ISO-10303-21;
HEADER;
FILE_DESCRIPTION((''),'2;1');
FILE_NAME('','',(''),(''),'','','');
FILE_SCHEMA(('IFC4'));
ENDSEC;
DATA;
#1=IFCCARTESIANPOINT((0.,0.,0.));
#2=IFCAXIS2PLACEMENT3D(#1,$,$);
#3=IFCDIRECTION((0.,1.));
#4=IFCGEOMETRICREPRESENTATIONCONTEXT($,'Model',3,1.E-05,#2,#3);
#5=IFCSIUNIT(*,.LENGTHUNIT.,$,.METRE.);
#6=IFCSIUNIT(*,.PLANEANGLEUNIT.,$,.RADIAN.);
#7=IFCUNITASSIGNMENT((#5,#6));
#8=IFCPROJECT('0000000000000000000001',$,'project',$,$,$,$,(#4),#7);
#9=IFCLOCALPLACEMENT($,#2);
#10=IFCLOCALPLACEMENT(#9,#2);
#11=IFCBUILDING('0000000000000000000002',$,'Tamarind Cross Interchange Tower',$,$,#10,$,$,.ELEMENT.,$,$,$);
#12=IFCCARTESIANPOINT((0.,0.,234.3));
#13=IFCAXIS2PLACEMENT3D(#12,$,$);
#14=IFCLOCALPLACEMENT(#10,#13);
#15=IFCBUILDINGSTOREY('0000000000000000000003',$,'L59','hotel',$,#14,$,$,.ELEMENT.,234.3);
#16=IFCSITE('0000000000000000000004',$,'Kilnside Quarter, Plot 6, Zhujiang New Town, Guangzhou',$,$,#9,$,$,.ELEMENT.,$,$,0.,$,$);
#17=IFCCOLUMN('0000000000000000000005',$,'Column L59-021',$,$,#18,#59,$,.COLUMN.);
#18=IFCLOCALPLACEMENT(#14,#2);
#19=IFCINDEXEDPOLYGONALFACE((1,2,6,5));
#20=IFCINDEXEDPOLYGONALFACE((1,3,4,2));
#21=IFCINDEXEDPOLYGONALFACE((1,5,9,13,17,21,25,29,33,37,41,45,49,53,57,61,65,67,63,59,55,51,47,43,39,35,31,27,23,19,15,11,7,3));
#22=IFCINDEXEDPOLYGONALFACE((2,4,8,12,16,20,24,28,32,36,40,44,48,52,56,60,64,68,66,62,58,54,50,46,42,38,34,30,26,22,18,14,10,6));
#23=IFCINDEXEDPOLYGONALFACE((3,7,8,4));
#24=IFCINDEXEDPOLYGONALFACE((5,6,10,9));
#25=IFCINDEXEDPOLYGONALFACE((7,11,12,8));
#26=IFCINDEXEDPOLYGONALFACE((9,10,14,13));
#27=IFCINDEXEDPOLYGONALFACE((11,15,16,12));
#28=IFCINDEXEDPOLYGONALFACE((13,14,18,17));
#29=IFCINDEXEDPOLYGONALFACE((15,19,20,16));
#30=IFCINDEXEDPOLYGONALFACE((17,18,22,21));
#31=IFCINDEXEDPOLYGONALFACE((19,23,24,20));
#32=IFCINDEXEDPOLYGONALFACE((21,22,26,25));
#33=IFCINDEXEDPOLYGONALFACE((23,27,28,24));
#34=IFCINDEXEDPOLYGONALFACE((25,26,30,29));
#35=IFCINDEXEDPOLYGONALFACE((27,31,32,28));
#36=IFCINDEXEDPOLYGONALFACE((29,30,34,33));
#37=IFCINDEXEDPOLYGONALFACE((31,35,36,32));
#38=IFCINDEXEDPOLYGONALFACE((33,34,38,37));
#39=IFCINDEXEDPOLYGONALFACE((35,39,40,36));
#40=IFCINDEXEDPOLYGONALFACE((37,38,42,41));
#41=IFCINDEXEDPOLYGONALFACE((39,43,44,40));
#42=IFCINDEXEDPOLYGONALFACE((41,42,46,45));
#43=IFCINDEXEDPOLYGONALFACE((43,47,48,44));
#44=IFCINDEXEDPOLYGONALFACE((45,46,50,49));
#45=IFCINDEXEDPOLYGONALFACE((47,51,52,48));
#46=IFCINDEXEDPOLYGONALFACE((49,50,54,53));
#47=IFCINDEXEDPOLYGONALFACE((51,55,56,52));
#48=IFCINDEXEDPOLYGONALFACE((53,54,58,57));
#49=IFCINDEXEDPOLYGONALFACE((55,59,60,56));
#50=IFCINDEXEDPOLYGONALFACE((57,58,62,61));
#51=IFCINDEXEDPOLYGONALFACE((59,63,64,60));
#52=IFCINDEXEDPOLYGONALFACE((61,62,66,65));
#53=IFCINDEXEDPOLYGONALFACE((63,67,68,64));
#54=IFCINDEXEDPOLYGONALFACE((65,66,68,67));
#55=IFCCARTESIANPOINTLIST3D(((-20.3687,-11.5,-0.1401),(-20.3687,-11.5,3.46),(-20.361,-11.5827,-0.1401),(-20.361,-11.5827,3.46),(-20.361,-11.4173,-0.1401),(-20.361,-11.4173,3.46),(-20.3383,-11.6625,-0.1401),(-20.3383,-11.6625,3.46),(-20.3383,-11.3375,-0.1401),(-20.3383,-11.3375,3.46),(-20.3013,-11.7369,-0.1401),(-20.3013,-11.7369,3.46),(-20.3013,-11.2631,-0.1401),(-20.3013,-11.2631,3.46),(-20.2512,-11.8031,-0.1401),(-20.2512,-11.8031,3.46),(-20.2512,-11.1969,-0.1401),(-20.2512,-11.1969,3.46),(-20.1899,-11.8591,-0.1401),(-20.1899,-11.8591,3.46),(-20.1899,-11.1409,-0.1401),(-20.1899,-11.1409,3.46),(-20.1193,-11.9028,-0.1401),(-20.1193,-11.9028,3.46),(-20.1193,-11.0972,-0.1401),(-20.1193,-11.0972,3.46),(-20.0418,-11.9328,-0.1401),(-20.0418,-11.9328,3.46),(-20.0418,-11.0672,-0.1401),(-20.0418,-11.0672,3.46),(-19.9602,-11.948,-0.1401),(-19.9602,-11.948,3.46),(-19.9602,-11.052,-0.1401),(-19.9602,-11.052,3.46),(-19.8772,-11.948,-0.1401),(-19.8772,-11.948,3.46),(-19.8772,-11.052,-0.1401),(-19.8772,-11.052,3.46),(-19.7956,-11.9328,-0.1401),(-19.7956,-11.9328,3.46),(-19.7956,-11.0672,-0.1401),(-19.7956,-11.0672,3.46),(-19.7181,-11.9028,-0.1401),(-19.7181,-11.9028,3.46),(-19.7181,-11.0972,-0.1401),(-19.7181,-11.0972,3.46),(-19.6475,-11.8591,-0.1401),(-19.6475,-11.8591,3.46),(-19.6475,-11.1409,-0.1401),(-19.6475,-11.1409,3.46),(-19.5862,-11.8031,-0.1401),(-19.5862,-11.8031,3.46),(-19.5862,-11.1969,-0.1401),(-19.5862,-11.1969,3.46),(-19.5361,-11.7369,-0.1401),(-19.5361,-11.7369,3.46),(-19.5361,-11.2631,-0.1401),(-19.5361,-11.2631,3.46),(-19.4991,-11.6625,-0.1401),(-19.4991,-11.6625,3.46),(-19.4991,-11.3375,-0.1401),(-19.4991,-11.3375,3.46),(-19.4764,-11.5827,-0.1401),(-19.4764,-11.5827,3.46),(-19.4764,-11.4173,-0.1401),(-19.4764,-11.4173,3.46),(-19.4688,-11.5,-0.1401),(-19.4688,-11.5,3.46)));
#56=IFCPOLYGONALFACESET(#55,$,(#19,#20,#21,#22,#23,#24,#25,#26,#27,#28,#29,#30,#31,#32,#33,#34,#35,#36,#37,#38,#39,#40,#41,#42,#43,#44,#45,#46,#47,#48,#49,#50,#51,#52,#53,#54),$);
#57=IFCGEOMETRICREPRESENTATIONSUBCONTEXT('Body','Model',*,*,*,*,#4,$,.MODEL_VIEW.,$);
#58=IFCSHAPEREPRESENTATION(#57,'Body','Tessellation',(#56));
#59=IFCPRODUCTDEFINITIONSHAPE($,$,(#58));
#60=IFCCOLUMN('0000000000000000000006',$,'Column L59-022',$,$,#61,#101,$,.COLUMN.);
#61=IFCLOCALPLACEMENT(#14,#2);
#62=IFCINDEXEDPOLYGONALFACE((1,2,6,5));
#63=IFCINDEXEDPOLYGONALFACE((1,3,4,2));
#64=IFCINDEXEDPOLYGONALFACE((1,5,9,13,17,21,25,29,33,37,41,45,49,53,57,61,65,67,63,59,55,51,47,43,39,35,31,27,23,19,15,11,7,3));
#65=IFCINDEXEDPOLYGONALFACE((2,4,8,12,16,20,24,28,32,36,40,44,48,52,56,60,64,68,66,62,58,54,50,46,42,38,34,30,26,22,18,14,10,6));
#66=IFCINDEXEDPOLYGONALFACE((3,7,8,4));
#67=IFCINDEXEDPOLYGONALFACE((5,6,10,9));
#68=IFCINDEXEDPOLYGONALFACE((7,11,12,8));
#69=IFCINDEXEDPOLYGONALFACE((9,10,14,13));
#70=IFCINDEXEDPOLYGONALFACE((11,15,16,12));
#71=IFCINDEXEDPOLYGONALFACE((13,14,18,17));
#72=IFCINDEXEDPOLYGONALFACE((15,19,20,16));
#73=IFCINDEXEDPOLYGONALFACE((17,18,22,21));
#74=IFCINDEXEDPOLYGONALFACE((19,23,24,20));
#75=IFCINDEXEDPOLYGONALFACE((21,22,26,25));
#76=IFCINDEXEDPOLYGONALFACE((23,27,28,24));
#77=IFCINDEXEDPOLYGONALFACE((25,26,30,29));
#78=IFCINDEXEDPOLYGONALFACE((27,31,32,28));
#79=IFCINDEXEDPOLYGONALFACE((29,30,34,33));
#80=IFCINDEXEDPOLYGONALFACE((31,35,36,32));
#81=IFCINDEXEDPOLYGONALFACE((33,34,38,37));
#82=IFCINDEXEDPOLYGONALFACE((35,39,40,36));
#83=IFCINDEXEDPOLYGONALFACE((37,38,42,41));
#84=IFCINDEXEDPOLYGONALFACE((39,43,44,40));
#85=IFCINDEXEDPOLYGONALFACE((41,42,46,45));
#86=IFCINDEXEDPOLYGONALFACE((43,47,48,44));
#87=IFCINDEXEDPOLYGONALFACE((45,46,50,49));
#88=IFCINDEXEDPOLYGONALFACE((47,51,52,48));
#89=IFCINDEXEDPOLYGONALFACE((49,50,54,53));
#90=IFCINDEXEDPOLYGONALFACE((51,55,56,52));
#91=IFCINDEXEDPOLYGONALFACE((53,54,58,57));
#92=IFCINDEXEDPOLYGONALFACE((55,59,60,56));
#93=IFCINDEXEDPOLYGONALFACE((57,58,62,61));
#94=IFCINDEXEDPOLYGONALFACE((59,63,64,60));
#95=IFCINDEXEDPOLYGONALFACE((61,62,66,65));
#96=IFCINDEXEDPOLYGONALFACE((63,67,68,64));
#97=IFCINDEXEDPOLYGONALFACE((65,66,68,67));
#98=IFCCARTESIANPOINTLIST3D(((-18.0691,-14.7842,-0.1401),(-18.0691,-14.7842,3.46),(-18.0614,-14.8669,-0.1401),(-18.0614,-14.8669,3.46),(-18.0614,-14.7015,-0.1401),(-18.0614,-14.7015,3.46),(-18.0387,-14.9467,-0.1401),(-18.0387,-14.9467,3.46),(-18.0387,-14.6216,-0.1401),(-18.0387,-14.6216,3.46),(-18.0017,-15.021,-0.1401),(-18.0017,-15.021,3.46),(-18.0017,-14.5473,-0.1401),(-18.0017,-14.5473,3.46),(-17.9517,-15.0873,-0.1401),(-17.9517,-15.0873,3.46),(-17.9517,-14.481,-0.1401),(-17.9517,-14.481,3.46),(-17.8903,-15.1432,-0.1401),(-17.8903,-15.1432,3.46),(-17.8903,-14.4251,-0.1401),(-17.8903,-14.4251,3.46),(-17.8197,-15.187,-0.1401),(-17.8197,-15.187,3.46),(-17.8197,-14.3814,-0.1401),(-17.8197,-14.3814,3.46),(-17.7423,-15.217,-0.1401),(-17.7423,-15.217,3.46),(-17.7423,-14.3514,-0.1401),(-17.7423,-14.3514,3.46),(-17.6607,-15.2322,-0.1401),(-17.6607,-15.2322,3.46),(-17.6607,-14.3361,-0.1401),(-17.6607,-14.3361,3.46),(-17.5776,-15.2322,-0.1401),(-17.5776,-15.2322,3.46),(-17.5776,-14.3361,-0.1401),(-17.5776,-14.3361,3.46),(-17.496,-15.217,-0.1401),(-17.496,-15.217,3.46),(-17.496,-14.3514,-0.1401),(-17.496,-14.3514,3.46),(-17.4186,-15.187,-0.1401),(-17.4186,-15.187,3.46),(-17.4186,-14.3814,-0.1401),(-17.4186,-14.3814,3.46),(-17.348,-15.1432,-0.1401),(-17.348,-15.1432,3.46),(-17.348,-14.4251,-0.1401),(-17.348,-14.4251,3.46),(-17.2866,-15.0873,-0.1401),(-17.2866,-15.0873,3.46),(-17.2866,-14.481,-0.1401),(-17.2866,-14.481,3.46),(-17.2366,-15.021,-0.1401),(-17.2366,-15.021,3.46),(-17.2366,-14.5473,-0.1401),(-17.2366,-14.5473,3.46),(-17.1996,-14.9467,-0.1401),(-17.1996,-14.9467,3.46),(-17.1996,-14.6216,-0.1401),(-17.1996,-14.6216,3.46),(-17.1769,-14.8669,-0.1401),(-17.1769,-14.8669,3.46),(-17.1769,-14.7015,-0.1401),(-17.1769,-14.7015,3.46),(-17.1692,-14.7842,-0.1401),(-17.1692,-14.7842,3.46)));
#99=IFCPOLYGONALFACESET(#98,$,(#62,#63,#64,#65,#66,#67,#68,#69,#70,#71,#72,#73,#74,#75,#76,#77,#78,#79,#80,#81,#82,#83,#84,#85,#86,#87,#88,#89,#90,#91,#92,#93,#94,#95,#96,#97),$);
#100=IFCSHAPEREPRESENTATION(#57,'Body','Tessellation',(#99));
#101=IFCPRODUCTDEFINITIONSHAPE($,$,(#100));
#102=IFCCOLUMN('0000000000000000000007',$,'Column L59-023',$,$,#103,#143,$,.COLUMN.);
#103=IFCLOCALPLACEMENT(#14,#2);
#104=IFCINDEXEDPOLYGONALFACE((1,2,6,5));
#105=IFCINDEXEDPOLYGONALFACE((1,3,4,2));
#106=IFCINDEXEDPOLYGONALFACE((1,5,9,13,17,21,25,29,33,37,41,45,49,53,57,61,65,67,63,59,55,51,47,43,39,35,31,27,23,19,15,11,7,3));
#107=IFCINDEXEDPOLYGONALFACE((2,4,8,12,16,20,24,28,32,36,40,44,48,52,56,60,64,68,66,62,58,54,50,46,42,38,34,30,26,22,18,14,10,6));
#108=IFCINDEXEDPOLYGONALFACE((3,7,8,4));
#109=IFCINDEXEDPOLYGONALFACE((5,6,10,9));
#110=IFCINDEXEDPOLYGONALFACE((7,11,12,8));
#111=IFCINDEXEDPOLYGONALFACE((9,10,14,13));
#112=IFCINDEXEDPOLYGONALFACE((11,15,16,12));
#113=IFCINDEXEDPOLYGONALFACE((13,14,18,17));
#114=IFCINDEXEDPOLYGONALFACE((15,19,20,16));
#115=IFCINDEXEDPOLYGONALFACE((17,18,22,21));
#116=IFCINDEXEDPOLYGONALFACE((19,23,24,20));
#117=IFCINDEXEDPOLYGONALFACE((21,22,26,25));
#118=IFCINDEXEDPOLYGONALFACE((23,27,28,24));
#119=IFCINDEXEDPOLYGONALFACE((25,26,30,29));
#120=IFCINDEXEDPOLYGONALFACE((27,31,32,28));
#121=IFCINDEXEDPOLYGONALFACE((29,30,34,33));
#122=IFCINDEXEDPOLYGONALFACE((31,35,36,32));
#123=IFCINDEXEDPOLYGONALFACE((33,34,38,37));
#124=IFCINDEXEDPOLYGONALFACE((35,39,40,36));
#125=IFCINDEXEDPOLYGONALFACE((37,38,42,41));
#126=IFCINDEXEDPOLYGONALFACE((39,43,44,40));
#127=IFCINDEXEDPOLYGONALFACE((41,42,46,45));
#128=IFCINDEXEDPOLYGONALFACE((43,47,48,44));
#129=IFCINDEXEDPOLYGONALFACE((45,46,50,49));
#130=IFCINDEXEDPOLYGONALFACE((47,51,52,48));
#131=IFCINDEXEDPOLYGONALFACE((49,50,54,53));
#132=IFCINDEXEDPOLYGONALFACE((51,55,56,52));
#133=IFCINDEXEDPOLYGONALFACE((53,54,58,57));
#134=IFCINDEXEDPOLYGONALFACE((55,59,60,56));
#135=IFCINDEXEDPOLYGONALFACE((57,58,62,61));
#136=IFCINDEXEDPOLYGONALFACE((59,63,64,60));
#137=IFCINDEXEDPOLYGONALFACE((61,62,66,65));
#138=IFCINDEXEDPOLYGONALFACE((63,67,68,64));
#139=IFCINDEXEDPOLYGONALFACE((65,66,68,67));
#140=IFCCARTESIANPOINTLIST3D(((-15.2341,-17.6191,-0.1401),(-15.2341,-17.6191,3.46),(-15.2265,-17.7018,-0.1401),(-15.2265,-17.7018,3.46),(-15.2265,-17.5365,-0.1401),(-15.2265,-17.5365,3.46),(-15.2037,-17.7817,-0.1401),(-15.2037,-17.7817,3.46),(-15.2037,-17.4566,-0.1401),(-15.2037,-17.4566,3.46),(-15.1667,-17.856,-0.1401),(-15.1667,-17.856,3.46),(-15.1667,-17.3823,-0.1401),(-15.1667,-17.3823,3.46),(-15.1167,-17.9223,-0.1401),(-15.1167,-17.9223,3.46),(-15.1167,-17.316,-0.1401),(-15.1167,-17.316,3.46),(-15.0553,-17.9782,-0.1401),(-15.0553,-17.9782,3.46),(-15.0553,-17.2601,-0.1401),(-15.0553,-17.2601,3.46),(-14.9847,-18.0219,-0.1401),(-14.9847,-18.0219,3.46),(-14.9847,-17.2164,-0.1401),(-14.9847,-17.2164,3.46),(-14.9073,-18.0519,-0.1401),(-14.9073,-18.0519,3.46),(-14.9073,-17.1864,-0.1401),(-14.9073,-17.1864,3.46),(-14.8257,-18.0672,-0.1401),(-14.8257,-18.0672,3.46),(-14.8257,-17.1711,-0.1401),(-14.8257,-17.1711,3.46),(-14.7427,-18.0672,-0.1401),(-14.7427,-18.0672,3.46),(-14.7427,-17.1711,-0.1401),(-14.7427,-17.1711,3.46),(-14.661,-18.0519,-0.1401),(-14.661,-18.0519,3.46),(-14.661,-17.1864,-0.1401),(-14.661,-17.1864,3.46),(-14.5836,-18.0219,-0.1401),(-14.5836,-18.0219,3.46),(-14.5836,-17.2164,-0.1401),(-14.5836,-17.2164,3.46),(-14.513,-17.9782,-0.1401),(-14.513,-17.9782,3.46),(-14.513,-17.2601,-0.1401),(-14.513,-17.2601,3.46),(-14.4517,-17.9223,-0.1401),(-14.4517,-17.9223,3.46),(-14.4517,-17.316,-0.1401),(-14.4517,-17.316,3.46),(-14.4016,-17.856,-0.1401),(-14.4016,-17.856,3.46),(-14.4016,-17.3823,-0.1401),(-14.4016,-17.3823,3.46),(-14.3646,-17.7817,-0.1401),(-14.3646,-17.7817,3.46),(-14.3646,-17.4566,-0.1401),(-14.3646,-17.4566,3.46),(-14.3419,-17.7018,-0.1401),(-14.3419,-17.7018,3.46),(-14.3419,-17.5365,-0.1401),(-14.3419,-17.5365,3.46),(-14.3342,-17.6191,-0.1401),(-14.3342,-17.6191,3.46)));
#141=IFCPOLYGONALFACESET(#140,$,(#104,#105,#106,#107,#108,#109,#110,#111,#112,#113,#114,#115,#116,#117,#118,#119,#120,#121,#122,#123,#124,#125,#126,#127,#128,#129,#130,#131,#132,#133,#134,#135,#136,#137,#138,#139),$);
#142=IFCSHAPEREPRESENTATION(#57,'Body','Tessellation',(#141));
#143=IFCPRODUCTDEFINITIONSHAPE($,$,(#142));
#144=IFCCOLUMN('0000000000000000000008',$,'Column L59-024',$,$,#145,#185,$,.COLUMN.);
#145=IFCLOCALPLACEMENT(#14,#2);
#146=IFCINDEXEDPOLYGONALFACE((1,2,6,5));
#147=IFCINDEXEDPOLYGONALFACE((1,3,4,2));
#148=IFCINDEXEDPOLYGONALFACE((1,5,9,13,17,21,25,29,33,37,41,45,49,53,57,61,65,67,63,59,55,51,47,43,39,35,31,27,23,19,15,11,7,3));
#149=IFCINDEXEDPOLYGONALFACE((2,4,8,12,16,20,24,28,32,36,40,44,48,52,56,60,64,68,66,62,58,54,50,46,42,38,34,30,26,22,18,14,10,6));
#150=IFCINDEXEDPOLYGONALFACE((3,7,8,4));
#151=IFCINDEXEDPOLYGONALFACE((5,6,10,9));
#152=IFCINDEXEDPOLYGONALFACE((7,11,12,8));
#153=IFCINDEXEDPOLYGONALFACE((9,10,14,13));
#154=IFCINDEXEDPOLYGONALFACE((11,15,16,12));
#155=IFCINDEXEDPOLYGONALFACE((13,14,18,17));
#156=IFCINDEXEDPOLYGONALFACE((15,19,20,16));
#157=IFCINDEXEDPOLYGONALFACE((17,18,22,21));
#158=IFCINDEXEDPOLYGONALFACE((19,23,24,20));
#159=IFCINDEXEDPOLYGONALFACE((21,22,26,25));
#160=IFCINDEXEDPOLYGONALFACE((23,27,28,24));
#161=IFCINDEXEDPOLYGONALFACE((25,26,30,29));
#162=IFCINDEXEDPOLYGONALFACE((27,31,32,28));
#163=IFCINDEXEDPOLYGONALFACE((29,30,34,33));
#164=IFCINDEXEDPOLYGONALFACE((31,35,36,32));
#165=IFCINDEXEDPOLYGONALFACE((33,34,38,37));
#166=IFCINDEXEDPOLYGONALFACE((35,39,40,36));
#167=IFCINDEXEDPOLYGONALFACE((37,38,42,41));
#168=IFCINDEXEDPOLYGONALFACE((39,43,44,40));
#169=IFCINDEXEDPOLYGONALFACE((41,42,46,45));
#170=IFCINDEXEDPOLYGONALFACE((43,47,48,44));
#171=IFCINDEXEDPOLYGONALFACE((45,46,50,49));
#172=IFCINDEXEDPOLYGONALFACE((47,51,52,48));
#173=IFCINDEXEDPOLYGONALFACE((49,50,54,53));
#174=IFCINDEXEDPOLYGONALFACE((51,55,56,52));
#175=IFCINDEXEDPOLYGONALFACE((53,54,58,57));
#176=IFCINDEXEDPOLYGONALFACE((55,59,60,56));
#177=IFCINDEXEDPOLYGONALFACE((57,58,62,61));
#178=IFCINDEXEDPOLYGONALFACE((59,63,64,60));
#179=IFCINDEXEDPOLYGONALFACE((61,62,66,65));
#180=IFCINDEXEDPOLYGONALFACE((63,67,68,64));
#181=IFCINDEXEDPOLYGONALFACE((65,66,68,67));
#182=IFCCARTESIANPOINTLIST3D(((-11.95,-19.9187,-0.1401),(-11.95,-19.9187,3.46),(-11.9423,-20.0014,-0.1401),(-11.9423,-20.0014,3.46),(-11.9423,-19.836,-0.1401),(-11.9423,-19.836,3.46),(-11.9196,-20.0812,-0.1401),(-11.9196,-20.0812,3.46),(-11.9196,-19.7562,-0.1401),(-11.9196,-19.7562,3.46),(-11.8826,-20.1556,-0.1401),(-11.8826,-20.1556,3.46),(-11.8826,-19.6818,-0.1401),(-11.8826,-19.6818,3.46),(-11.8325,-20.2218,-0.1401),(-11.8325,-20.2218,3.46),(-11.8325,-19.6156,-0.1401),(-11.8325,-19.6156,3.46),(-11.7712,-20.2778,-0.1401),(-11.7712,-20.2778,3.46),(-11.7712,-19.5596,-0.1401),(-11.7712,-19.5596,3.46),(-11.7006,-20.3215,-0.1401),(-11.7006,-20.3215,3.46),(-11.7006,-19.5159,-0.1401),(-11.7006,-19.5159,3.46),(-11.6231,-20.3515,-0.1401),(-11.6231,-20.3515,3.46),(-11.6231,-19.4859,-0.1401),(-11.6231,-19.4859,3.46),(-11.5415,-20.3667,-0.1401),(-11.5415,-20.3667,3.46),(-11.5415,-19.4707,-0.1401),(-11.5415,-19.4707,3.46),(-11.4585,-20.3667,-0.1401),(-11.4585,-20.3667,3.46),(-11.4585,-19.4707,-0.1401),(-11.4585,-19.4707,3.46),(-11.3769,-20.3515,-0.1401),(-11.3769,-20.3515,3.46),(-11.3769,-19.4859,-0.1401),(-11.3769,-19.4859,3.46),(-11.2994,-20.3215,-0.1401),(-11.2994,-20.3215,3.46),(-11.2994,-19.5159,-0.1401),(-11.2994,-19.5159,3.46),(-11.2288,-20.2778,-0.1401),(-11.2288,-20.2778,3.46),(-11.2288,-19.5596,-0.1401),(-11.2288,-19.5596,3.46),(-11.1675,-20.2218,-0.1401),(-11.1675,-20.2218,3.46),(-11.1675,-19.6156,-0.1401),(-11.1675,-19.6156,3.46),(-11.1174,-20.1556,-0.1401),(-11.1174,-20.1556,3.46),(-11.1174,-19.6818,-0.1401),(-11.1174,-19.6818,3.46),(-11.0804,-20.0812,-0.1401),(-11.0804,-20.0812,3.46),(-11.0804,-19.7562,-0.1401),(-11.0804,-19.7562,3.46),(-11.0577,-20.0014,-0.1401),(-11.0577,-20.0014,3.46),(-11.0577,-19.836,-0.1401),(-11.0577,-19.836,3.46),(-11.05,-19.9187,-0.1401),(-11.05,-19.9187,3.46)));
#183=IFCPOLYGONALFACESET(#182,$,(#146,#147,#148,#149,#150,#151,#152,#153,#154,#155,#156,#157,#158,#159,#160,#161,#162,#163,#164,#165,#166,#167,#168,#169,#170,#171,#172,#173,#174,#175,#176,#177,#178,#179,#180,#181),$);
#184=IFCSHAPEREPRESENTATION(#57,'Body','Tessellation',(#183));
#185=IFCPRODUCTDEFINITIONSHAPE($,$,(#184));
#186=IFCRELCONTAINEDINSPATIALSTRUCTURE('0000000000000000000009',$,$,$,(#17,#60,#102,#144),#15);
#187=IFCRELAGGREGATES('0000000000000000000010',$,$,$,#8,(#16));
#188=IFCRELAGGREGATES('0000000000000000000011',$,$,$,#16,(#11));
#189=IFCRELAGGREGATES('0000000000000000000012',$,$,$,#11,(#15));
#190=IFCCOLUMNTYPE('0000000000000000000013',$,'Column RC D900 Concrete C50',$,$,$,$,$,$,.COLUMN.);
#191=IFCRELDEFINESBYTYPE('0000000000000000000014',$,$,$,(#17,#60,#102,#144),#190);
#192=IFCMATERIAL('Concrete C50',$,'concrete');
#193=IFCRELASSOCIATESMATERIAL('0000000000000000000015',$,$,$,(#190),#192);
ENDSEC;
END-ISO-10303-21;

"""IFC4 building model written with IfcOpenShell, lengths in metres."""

from ifc_helpers import new_model, si_unit, direction, frame, origin, origin_2d, place, context, subcontext, project, spatial, circle, extrude, material, material_profile, profile_set, type_object, element, save


model = new_model("IFC4")

# Units and contexts
model_context = context("Model", 3, precision=1e-05, world=origin(), true_north=direction((0.0, 1.0)))
body_context = subcontext(model_context, "Body", "Model", "MODEL_VIEW")
ifc_project = project(units=[si_unit("LENGTHUNIT", "METRE"), si_unit("PLANEANGLEUNIT", "RADIAN")], contexts=[model_context])

# Site, building, storey
site_placement = place(None, origin())
site = spatial("IfcSite", under=ifc_project, at=site_placement, Name="Kilnside Quarter, Plot 6, Zhujiang New Town, Guangzhou", CompositionType="ELEMENT", RefElevation=0.0)
building_placement = place(site_placement, origin())
building = spatial("IfcBuilding", under=site, at=building_placement, Name="Tamarind Cross Interchange Tower", CompositionType="ELEMENT")
storey_placement = place(building_placement, frame((0.0, 0.0, 234.3)))
storey = spatial("IfcBuildingStorey", under=building, at=storey_placement, Name="L59", Description="hotel", CompositionType="ELEMENT", Elevation=234.3)

# Columns
ifc_material_1 = material(Name="Concrete C50", Category="concrete")
ifc_material_profile_1 = material_profile(ifc_material_1, circle(Radius=0.45, at=origin_2d()), Name="RC D900")
ifc_profile_set_1 = profile_set([ifc_material_profile_1], Name="Concrete C50")
column_type = type_object("IfcColumnType", Name="Column RC D900 Concrete C50", PredefinedType="COLUMN", material=ifc_profile_set_1)
for number, where, z_axis, x_axis, name in (
    (1, (-19.9187, -11.5, -0.1401), (0.0, 0.0, 1.0), (1.0, 0.0, 0.0), "Column L59-021"),
    (2, (-17.6191, -14.7842, -0.1401), (0.0, 0.0, 1.0), (1.0, 0.0, 0.0), "Column L59-022"),
    (3, (-14.7842, -17.6191, -0.1401), (0.0, 0.0, 1.0), (1.0, 0.0, 0.0), "Column L59-023"),
    (4, (-11.5, -19.9187, -0.1401), (0.0, 0.0, 1.0), (1.0, 0.0, 0.0), "Column L59-024"),
):
    element("IfcColumn", number, at=place(storey_placement, frame(where, z_axis=z_axis, x_axis=x_axis)), inside=storey, type_object=column_type, Name=name, PredefinedType="COLUMN", context=body_context, shape_type="SweptSolid", body=[
        extrude(circle(Radius=0.45, at=origin_2d()), origin(), (0.0, 0.0, 1.0), 3.6001),
    ])

save(model, "model.ifc")
